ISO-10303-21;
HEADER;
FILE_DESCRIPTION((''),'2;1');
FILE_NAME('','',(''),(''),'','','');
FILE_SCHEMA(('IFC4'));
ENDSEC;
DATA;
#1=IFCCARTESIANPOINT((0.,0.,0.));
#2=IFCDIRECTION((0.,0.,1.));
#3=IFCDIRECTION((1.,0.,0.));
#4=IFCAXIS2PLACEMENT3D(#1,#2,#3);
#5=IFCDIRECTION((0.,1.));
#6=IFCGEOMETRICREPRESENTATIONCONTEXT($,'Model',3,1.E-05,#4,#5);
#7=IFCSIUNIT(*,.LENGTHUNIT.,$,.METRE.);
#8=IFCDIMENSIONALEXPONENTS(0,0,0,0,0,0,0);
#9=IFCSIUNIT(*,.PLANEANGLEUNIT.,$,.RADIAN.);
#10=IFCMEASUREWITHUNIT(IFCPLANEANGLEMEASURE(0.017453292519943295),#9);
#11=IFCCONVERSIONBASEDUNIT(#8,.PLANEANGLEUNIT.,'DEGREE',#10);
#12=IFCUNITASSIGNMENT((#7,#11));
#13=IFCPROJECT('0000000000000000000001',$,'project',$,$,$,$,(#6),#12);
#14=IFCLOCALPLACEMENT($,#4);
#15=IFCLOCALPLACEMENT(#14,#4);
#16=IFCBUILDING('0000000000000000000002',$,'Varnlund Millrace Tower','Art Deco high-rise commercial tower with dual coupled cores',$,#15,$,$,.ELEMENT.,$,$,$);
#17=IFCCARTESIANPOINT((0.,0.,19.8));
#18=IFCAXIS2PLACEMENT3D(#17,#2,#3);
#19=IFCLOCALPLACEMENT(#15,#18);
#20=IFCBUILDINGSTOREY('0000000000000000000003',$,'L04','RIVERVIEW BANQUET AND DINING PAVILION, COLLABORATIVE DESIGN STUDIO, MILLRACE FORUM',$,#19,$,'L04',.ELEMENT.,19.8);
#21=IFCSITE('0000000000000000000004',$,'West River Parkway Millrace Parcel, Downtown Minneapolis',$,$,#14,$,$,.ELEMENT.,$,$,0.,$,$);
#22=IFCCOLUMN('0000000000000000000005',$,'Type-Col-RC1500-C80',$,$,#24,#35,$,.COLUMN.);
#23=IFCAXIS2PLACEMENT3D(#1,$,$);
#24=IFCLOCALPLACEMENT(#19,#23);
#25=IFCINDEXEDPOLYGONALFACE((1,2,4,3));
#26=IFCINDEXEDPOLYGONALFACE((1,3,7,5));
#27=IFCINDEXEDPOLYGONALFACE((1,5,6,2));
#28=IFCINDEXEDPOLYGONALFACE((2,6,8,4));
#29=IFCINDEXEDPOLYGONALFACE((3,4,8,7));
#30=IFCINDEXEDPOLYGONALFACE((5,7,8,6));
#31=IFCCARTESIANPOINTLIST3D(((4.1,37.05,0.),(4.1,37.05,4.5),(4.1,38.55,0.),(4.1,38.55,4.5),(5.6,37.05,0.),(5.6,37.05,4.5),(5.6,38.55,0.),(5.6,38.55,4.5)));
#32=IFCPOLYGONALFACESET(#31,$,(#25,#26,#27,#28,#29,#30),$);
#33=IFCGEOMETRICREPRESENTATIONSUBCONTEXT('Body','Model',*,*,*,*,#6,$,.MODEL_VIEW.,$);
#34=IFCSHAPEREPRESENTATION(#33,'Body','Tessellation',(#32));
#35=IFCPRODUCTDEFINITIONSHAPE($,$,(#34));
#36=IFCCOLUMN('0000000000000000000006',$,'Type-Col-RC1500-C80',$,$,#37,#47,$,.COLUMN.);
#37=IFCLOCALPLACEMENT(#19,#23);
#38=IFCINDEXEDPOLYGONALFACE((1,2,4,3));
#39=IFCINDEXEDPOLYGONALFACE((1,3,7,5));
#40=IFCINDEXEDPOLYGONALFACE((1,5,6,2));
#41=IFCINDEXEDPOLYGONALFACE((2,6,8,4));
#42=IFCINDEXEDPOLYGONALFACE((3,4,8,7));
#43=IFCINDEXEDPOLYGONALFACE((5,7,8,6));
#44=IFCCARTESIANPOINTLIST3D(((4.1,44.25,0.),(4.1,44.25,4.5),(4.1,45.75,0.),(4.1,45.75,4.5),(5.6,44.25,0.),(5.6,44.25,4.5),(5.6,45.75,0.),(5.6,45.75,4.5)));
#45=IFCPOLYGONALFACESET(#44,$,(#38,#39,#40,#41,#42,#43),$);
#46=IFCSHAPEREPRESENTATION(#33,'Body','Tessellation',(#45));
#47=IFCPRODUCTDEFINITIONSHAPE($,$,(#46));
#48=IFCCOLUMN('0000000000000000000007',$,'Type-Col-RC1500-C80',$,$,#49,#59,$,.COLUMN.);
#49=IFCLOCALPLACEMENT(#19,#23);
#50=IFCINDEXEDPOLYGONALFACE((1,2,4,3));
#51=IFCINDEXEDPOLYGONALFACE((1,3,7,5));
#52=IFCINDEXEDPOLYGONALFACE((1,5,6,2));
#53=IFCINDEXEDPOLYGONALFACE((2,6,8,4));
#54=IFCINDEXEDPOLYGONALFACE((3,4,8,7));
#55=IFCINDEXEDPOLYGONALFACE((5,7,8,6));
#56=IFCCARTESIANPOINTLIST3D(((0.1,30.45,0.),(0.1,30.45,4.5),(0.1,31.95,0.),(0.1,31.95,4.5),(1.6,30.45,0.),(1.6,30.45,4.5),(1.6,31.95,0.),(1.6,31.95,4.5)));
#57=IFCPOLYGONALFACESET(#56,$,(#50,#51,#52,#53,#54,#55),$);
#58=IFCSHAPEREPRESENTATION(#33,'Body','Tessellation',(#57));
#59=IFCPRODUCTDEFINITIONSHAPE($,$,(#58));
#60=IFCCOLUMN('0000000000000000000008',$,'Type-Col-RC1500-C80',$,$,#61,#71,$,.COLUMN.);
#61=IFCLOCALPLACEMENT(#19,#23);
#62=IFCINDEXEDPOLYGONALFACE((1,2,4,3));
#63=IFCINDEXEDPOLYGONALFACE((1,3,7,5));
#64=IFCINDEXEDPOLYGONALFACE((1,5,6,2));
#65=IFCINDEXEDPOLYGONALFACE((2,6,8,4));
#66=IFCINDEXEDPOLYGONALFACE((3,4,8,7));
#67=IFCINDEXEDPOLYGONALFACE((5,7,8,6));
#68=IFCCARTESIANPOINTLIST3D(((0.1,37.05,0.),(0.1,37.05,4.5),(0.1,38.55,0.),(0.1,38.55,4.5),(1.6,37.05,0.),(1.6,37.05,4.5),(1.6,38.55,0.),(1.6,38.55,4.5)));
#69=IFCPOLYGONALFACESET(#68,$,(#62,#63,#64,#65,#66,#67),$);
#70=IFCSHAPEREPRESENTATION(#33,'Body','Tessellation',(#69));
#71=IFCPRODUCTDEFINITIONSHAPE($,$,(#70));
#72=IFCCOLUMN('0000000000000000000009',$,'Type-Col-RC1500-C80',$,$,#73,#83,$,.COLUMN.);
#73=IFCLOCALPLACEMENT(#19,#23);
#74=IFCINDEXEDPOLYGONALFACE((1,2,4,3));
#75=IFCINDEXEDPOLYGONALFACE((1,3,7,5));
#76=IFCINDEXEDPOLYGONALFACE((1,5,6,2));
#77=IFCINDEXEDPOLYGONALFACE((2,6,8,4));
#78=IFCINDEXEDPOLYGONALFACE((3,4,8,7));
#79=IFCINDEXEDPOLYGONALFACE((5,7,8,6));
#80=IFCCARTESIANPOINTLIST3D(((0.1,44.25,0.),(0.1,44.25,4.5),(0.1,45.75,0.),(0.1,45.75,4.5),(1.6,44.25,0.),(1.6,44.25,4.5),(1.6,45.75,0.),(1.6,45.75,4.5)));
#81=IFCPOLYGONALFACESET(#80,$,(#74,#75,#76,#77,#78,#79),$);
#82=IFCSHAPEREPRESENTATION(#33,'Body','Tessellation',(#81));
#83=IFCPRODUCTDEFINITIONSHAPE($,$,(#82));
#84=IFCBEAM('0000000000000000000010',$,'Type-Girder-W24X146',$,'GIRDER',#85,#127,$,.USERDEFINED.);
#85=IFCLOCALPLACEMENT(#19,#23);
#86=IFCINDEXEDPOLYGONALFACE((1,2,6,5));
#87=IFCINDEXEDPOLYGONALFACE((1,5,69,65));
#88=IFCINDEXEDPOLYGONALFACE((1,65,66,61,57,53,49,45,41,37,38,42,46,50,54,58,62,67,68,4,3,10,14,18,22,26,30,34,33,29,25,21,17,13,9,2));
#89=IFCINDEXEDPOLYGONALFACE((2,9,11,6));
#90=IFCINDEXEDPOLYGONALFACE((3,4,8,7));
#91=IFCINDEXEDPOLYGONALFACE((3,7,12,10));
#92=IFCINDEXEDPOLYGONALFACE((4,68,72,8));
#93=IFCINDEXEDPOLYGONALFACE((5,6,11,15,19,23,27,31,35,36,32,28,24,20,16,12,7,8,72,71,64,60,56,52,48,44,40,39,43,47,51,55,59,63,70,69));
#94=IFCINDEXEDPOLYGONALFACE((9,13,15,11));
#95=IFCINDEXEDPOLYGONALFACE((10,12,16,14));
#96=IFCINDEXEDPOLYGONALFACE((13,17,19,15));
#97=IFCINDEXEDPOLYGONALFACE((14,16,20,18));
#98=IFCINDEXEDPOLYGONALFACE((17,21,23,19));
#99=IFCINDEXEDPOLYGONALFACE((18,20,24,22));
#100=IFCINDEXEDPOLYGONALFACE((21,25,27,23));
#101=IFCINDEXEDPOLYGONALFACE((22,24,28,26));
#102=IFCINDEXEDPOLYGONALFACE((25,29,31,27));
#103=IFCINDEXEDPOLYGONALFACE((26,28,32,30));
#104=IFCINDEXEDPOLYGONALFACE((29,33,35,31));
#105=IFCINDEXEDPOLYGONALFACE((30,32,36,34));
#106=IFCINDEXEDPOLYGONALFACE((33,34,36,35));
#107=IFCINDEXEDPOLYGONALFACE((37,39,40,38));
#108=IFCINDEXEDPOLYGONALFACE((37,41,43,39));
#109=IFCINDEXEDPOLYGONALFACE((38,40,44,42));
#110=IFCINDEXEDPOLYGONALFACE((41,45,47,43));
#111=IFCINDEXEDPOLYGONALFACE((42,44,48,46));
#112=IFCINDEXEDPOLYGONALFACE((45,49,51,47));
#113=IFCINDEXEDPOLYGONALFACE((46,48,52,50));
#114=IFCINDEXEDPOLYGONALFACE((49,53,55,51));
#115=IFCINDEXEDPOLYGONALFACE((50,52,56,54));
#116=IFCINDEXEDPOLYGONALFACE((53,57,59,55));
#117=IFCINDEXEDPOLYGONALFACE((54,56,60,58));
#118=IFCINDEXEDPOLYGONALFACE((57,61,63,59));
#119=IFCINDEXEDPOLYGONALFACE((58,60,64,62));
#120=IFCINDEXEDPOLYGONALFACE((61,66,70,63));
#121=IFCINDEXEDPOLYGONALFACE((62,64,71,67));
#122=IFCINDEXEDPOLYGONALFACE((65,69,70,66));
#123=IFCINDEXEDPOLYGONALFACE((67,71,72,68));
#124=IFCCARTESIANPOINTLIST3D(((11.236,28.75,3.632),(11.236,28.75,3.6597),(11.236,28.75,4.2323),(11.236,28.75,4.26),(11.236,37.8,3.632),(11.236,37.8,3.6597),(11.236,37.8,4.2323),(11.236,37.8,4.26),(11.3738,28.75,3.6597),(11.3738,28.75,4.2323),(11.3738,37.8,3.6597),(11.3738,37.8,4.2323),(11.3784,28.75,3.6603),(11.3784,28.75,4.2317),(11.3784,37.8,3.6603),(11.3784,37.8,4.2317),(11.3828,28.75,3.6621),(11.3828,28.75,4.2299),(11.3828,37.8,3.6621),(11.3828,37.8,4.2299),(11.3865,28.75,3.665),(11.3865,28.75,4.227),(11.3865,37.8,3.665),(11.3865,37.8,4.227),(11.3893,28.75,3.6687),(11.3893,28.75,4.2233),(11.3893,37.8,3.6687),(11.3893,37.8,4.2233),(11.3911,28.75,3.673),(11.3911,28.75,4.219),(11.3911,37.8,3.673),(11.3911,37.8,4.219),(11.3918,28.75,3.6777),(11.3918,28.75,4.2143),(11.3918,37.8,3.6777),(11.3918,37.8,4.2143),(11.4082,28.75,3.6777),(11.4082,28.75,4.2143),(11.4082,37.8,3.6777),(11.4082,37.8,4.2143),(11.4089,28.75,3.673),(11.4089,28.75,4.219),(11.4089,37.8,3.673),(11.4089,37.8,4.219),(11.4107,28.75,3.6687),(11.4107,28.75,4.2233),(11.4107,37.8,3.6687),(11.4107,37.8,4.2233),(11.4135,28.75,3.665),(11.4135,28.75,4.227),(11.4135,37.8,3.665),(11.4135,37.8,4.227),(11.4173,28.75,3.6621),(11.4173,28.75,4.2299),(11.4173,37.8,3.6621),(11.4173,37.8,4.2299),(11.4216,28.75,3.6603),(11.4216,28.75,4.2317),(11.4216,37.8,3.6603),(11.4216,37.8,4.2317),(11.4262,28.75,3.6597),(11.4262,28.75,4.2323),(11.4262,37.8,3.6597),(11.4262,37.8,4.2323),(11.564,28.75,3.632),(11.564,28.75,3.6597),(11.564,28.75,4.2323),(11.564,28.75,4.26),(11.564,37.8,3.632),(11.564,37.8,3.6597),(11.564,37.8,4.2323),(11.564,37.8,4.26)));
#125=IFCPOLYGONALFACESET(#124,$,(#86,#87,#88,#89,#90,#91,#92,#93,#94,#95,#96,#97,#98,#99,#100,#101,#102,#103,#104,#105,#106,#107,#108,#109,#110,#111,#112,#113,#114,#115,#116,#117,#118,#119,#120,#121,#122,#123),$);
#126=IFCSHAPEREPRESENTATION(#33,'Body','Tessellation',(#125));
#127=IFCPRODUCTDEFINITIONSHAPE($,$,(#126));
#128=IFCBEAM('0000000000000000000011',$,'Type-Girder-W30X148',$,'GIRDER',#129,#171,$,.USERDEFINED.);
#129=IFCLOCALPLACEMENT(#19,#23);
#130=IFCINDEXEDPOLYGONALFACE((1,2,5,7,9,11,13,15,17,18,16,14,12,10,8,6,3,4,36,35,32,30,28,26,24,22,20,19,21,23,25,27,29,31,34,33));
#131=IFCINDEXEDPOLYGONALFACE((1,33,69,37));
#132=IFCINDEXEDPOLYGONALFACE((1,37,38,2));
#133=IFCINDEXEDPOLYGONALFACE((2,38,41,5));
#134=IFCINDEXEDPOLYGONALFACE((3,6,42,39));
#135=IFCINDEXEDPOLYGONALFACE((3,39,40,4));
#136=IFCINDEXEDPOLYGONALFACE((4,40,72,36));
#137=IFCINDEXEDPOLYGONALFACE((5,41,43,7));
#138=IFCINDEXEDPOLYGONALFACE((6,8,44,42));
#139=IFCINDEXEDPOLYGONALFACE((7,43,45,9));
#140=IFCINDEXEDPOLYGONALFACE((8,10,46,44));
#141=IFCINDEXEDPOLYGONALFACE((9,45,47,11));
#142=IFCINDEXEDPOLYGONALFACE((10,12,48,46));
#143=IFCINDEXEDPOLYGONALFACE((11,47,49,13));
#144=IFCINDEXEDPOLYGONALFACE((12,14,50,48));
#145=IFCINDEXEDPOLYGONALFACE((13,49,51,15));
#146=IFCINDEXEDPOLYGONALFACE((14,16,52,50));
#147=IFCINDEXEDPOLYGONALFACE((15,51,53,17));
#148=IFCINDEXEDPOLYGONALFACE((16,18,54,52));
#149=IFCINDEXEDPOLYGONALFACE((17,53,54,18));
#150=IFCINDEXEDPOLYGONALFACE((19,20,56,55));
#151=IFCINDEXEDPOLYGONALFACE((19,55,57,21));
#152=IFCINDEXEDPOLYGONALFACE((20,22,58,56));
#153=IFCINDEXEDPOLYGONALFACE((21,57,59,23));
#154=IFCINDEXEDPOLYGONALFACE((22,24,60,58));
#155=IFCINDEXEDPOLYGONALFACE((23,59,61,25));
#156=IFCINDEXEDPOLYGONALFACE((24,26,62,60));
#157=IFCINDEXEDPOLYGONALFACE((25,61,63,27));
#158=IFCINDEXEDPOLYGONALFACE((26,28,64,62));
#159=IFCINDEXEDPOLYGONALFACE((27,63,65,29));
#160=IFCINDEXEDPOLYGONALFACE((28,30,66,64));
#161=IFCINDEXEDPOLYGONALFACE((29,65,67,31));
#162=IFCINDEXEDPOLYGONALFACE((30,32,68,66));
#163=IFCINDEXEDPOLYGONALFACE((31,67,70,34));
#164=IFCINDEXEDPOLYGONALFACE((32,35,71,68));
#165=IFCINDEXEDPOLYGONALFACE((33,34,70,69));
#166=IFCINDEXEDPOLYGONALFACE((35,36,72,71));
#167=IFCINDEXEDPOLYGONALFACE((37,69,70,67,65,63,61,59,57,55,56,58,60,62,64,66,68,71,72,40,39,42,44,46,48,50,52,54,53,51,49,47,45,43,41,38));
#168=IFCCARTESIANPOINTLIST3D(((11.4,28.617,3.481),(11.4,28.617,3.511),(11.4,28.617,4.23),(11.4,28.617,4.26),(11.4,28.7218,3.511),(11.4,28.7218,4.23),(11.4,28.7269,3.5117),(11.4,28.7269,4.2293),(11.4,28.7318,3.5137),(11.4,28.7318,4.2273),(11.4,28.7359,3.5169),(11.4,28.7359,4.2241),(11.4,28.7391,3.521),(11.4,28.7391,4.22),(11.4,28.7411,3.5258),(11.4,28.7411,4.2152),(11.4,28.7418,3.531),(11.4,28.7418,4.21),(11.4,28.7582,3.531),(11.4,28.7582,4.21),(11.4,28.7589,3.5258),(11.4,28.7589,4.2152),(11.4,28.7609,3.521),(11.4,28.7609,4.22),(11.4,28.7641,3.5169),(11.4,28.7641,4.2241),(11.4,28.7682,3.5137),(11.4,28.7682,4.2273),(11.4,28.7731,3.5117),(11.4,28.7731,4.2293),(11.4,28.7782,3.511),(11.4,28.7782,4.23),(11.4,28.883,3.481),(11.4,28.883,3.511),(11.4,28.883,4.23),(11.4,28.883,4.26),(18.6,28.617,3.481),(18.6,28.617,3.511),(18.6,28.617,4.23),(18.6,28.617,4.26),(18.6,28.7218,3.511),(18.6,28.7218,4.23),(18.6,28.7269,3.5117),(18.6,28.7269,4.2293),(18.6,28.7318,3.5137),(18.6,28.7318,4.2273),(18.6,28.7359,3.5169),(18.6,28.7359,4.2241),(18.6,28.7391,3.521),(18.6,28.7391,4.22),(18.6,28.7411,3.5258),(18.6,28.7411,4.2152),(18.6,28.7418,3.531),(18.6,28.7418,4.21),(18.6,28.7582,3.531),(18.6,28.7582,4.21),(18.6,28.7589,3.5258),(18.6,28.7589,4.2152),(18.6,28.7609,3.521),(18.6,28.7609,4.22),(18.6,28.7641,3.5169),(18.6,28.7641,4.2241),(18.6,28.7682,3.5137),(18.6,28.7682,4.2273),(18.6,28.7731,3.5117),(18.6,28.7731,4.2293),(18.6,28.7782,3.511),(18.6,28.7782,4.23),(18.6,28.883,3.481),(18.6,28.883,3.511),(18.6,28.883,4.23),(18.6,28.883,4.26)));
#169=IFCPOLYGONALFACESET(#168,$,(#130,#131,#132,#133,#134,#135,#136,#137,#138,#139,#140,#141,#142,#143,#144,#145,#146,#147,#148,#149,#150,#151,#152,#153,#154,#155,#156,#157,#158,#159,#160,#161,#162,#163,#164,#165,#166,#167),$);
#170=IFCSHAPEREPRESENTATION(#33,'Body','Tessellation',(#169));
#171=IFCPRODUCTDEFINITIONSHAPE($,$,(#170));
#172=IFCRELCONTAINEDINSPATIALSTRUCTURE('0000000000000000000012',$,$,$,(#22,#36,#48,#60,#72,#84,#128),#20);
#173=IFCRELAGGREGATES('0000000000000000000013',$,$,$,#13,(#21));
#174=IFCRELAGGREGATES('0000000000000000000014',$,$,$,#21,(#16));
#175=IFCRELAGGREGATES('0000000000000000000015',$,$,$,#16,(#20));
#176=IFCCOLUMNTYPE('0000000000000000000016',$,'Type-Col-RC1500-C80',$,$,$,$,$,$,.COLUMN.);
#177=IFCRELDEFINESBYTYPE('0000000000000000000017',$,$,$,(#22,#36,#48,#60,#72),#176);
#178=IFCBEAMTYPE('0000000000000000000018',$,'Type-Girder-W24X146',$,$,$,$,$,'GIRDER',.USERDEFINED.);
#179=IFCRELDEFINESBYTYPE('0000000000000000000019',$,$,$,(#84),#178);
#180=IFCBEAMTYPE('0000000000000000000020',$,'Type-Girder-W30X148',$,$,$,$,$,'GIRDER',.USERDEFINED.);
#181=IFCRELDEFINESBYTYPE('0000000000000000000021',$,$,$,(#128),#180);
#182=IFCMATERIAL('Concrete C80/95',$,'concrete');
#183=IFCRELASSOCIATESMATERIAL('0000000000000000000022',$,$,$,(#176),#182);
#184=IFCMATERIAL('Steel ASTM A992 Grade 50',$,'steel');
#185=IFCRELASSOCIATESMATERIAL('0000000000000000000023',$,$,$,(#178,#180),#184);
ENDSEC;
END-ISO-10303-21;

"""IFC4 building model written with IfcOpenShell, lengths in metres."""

from ifc_helpers import new_model, entity, si_unit, converted_unit, direction, frame, origin_with_axes, origin_2d_with_axis, place, context, subcontext, project, spatial, rectangle, i_section, extrude, material, material_profile, profile_set, type_object, element, save


model = new_model("IFC4")

# Units and contexts
model_context = context("Model", 3, precision=1e-05, world=origin_with_axes(), true_north=direction((0.0, 1.0)))
body_context = subcontext(model_context, "Body", "Model", "MODEL_VIEW")
ifc_project = project(units=[si_unit("LENGTHUNIT", "METRE"), converted_unit("PLANEANGLEUNIT", "DEGREE", entity("IfcPlaneAngleMeasure", 0.017453292519943295), si_unit("PLANEANGLEUNIT", "RADIAN"), dimensions=[0, 0, 0, 0, 0, 0, 0])], contexts=[model_context])

# Site, building, storey
site_placement = place(None, origin_with_axes())
site = spatial("IfcSite", under=ifc_project, at=site_placement, Name="West River Parkway Millrace Parcel, Downtown Minneapolis", CompositionType="ELEMENT", RefElevation=0.0)
building_placement = place(site_placement, origin_with_axes())
building = spatial("IfcBuilding", under=site, at=building_placement, Name="Varnlund Millrace Tower", Description="Art Deco high-rise commercial tower with dual coupled cores", CompositionType="ELEMENT")
storey_placement = place(building_placement, frame((0.0, 0.0, 19.8), z_axis=(0.0, 0.0, 1.0), x_axis=(1.0, 0.0, 0.0)))
storey = spatial("IfcBuildingStorey", under=building, at=storey_placement, Name="L04", Description="RIVERVIEW BANQUET AND DINING PAVILION, COLLABORATIVE DESIGN STUDIO, MILLRACE FORUM", LongName="L04", CompositionType="ELEMENT", Elevation=19.8)

# Columns
ifc_material_1 = material(Name="Concrete C80/95", Category="concrete")
ifc_material_profile_1 = material_profile(ifc_material_1, rectangle(XDim=1.5, YDim=1.5, at=origin_2d_with_axis()), Name="Concrete C80/95")
ifc_profile_set_1 = profile_set([ifc_material_profile_1], Name="Concrete C80/95")
column_type = type_object("IfcColumnType", Name="Type-Col-RC1500-C80", PredefinedType="COLUMN", material=ifc_profile_set_1)
for number, where, z_axis, x_axis, name in (
    (1, (4.85, 37.8, 0.0), (0.0, 0.0, 1.0), (1.0, 0.0, 0.0), "Type-Col-RC1500-C80"),
    (2, (4.85, 45.0, 0.0), (0.0, 0.0, 1.0), (1.0, 0.0, 0.0), "Type-Col-RC1500-C80"),
    (3, (0.85, 31.2, 0.0), (0.0, 0.0, 1.0), (1.0, 0.0, 0.0), "Type-Col-RC1500-C80"),
    (4, (0.85, 37.8, 0.0), (0.0, 0.0, 1.0), (1.0, 0.0, 0.0), "Type-Col-RC1500-C80"),
    (5, (0.85, 45.0, 0.0), (0.0, 0.0, 1.0), (1.0, 0.0, 0.0), "Type-Col-RC1500-C80"),
):
    element("IfcColumn", number, at=place(storey_placement, frame(where, z_axis=z_axis, x_axis=x_axis)), inside=storey, type_object=column_type, Name=name, PredefinedType="COLUMN", context=body_context, shape_type="SweptSolid", body=[
        extrude(rectangle(XDim=1.5, YDim=1.5, at=origin_2d_with_axis()), origin_with_axes(), (0.0, 0.0, 1.0), 4.5),
    ])

# Beams
ifc_material_2 = material(Name="Steel ASTM A992 Grade 50", Category="steel")
ifc_material_profile_2 = material_profile(ifc_material_2, i_section(OverallWidth=0.328, OverallDepth=0.628, WebThickness=0.0165, FlangeThickness=0.0277, FilletRadius=0.018, at=origin_2d_with_axis()), Name="Steel ASTM A992 Grade 50")
ifc_profile_set_2 = profile_set([ifc_material_profile_2], Name="Steel ASTM A992 Grade 50")
beam_type_1 = type_object("IfcBeamType", Name="Type-Girder-W24X146", ElementType="GIRDER", PredefinedType="USERDEFINED", material=ifc_profile_set_2)
beam_1_placement = place(storey_placement, frame((11.4, 28.75, 3.946), z_axis=(0.0, 1.0, 0.0), x_axis=(-1.0, 0.0, 0.0)))
element("IfcBeam", 6, at=beam_1_placement, inside=storey, type_object=beam_type_1, Name="Type-Girder-W24X146", ObjectType="GIRDER", PredefinedType="USERDEFINED", context=body_context, shape_type="SweptSolid", body=[
    extrude(i_section(OverallWidth=0.328, OverallDepth=0.628, WebThickness=0.0165, FlangeThickness=0.0277, FilletRadius=0.018, at=origin_2d_with_axis()), origin_with_axes(), (0.0, 0.0, 1.0), 9.05),
])
ifc_material_profile_3 = material_profile(ifc_material_2, i_section(OverallWidth=0.266, OverallDepth=0.779, WebThickness=0.0165, FlangeThickness=0.03, FilletRadius=0.02, at=origin_2d_with_axis()), Name="Steel ASTM A992 Grade 50")
ifc_profile_set_3 = profile_set([ifc_material_profile_3], Name="Steel ASTM A992 Grade 50")
beam_type_2 = type_object("IfcBeamType", Name="Type-Girder-W30X148", ElementType="GIRDER", PredefinedType="USERDEFINED", material=ifc_profile_set_3)
beam_2_placement = place(storey_placement, frame((11.4, 28.75, 3.8705), z_axis=(1.0, 0.0, 0.0), x_axis=(0.0, 1.0, 0.0)))
element("IfcBeam", 7, at=beam_2_placement, inside=storey, type_object=beam_type_2, Name="Type-Girder-W30X148", ObjectType="GIRDER", PredefinedType="USERDEFINED", context=body_context, shape_type="SweptSolid", body=[
    extrude(i_section(OverallWidth=0.266, OverallDepth=0.779, WebThickness=0.0165, FlangeThickness=0.03, FilletRadius=0.02, at=origin_2d_with_axis()), origin_with_axes(), (0.0, 0.0, 1.0), 7.2),
])

save(model, "model.ifc")
